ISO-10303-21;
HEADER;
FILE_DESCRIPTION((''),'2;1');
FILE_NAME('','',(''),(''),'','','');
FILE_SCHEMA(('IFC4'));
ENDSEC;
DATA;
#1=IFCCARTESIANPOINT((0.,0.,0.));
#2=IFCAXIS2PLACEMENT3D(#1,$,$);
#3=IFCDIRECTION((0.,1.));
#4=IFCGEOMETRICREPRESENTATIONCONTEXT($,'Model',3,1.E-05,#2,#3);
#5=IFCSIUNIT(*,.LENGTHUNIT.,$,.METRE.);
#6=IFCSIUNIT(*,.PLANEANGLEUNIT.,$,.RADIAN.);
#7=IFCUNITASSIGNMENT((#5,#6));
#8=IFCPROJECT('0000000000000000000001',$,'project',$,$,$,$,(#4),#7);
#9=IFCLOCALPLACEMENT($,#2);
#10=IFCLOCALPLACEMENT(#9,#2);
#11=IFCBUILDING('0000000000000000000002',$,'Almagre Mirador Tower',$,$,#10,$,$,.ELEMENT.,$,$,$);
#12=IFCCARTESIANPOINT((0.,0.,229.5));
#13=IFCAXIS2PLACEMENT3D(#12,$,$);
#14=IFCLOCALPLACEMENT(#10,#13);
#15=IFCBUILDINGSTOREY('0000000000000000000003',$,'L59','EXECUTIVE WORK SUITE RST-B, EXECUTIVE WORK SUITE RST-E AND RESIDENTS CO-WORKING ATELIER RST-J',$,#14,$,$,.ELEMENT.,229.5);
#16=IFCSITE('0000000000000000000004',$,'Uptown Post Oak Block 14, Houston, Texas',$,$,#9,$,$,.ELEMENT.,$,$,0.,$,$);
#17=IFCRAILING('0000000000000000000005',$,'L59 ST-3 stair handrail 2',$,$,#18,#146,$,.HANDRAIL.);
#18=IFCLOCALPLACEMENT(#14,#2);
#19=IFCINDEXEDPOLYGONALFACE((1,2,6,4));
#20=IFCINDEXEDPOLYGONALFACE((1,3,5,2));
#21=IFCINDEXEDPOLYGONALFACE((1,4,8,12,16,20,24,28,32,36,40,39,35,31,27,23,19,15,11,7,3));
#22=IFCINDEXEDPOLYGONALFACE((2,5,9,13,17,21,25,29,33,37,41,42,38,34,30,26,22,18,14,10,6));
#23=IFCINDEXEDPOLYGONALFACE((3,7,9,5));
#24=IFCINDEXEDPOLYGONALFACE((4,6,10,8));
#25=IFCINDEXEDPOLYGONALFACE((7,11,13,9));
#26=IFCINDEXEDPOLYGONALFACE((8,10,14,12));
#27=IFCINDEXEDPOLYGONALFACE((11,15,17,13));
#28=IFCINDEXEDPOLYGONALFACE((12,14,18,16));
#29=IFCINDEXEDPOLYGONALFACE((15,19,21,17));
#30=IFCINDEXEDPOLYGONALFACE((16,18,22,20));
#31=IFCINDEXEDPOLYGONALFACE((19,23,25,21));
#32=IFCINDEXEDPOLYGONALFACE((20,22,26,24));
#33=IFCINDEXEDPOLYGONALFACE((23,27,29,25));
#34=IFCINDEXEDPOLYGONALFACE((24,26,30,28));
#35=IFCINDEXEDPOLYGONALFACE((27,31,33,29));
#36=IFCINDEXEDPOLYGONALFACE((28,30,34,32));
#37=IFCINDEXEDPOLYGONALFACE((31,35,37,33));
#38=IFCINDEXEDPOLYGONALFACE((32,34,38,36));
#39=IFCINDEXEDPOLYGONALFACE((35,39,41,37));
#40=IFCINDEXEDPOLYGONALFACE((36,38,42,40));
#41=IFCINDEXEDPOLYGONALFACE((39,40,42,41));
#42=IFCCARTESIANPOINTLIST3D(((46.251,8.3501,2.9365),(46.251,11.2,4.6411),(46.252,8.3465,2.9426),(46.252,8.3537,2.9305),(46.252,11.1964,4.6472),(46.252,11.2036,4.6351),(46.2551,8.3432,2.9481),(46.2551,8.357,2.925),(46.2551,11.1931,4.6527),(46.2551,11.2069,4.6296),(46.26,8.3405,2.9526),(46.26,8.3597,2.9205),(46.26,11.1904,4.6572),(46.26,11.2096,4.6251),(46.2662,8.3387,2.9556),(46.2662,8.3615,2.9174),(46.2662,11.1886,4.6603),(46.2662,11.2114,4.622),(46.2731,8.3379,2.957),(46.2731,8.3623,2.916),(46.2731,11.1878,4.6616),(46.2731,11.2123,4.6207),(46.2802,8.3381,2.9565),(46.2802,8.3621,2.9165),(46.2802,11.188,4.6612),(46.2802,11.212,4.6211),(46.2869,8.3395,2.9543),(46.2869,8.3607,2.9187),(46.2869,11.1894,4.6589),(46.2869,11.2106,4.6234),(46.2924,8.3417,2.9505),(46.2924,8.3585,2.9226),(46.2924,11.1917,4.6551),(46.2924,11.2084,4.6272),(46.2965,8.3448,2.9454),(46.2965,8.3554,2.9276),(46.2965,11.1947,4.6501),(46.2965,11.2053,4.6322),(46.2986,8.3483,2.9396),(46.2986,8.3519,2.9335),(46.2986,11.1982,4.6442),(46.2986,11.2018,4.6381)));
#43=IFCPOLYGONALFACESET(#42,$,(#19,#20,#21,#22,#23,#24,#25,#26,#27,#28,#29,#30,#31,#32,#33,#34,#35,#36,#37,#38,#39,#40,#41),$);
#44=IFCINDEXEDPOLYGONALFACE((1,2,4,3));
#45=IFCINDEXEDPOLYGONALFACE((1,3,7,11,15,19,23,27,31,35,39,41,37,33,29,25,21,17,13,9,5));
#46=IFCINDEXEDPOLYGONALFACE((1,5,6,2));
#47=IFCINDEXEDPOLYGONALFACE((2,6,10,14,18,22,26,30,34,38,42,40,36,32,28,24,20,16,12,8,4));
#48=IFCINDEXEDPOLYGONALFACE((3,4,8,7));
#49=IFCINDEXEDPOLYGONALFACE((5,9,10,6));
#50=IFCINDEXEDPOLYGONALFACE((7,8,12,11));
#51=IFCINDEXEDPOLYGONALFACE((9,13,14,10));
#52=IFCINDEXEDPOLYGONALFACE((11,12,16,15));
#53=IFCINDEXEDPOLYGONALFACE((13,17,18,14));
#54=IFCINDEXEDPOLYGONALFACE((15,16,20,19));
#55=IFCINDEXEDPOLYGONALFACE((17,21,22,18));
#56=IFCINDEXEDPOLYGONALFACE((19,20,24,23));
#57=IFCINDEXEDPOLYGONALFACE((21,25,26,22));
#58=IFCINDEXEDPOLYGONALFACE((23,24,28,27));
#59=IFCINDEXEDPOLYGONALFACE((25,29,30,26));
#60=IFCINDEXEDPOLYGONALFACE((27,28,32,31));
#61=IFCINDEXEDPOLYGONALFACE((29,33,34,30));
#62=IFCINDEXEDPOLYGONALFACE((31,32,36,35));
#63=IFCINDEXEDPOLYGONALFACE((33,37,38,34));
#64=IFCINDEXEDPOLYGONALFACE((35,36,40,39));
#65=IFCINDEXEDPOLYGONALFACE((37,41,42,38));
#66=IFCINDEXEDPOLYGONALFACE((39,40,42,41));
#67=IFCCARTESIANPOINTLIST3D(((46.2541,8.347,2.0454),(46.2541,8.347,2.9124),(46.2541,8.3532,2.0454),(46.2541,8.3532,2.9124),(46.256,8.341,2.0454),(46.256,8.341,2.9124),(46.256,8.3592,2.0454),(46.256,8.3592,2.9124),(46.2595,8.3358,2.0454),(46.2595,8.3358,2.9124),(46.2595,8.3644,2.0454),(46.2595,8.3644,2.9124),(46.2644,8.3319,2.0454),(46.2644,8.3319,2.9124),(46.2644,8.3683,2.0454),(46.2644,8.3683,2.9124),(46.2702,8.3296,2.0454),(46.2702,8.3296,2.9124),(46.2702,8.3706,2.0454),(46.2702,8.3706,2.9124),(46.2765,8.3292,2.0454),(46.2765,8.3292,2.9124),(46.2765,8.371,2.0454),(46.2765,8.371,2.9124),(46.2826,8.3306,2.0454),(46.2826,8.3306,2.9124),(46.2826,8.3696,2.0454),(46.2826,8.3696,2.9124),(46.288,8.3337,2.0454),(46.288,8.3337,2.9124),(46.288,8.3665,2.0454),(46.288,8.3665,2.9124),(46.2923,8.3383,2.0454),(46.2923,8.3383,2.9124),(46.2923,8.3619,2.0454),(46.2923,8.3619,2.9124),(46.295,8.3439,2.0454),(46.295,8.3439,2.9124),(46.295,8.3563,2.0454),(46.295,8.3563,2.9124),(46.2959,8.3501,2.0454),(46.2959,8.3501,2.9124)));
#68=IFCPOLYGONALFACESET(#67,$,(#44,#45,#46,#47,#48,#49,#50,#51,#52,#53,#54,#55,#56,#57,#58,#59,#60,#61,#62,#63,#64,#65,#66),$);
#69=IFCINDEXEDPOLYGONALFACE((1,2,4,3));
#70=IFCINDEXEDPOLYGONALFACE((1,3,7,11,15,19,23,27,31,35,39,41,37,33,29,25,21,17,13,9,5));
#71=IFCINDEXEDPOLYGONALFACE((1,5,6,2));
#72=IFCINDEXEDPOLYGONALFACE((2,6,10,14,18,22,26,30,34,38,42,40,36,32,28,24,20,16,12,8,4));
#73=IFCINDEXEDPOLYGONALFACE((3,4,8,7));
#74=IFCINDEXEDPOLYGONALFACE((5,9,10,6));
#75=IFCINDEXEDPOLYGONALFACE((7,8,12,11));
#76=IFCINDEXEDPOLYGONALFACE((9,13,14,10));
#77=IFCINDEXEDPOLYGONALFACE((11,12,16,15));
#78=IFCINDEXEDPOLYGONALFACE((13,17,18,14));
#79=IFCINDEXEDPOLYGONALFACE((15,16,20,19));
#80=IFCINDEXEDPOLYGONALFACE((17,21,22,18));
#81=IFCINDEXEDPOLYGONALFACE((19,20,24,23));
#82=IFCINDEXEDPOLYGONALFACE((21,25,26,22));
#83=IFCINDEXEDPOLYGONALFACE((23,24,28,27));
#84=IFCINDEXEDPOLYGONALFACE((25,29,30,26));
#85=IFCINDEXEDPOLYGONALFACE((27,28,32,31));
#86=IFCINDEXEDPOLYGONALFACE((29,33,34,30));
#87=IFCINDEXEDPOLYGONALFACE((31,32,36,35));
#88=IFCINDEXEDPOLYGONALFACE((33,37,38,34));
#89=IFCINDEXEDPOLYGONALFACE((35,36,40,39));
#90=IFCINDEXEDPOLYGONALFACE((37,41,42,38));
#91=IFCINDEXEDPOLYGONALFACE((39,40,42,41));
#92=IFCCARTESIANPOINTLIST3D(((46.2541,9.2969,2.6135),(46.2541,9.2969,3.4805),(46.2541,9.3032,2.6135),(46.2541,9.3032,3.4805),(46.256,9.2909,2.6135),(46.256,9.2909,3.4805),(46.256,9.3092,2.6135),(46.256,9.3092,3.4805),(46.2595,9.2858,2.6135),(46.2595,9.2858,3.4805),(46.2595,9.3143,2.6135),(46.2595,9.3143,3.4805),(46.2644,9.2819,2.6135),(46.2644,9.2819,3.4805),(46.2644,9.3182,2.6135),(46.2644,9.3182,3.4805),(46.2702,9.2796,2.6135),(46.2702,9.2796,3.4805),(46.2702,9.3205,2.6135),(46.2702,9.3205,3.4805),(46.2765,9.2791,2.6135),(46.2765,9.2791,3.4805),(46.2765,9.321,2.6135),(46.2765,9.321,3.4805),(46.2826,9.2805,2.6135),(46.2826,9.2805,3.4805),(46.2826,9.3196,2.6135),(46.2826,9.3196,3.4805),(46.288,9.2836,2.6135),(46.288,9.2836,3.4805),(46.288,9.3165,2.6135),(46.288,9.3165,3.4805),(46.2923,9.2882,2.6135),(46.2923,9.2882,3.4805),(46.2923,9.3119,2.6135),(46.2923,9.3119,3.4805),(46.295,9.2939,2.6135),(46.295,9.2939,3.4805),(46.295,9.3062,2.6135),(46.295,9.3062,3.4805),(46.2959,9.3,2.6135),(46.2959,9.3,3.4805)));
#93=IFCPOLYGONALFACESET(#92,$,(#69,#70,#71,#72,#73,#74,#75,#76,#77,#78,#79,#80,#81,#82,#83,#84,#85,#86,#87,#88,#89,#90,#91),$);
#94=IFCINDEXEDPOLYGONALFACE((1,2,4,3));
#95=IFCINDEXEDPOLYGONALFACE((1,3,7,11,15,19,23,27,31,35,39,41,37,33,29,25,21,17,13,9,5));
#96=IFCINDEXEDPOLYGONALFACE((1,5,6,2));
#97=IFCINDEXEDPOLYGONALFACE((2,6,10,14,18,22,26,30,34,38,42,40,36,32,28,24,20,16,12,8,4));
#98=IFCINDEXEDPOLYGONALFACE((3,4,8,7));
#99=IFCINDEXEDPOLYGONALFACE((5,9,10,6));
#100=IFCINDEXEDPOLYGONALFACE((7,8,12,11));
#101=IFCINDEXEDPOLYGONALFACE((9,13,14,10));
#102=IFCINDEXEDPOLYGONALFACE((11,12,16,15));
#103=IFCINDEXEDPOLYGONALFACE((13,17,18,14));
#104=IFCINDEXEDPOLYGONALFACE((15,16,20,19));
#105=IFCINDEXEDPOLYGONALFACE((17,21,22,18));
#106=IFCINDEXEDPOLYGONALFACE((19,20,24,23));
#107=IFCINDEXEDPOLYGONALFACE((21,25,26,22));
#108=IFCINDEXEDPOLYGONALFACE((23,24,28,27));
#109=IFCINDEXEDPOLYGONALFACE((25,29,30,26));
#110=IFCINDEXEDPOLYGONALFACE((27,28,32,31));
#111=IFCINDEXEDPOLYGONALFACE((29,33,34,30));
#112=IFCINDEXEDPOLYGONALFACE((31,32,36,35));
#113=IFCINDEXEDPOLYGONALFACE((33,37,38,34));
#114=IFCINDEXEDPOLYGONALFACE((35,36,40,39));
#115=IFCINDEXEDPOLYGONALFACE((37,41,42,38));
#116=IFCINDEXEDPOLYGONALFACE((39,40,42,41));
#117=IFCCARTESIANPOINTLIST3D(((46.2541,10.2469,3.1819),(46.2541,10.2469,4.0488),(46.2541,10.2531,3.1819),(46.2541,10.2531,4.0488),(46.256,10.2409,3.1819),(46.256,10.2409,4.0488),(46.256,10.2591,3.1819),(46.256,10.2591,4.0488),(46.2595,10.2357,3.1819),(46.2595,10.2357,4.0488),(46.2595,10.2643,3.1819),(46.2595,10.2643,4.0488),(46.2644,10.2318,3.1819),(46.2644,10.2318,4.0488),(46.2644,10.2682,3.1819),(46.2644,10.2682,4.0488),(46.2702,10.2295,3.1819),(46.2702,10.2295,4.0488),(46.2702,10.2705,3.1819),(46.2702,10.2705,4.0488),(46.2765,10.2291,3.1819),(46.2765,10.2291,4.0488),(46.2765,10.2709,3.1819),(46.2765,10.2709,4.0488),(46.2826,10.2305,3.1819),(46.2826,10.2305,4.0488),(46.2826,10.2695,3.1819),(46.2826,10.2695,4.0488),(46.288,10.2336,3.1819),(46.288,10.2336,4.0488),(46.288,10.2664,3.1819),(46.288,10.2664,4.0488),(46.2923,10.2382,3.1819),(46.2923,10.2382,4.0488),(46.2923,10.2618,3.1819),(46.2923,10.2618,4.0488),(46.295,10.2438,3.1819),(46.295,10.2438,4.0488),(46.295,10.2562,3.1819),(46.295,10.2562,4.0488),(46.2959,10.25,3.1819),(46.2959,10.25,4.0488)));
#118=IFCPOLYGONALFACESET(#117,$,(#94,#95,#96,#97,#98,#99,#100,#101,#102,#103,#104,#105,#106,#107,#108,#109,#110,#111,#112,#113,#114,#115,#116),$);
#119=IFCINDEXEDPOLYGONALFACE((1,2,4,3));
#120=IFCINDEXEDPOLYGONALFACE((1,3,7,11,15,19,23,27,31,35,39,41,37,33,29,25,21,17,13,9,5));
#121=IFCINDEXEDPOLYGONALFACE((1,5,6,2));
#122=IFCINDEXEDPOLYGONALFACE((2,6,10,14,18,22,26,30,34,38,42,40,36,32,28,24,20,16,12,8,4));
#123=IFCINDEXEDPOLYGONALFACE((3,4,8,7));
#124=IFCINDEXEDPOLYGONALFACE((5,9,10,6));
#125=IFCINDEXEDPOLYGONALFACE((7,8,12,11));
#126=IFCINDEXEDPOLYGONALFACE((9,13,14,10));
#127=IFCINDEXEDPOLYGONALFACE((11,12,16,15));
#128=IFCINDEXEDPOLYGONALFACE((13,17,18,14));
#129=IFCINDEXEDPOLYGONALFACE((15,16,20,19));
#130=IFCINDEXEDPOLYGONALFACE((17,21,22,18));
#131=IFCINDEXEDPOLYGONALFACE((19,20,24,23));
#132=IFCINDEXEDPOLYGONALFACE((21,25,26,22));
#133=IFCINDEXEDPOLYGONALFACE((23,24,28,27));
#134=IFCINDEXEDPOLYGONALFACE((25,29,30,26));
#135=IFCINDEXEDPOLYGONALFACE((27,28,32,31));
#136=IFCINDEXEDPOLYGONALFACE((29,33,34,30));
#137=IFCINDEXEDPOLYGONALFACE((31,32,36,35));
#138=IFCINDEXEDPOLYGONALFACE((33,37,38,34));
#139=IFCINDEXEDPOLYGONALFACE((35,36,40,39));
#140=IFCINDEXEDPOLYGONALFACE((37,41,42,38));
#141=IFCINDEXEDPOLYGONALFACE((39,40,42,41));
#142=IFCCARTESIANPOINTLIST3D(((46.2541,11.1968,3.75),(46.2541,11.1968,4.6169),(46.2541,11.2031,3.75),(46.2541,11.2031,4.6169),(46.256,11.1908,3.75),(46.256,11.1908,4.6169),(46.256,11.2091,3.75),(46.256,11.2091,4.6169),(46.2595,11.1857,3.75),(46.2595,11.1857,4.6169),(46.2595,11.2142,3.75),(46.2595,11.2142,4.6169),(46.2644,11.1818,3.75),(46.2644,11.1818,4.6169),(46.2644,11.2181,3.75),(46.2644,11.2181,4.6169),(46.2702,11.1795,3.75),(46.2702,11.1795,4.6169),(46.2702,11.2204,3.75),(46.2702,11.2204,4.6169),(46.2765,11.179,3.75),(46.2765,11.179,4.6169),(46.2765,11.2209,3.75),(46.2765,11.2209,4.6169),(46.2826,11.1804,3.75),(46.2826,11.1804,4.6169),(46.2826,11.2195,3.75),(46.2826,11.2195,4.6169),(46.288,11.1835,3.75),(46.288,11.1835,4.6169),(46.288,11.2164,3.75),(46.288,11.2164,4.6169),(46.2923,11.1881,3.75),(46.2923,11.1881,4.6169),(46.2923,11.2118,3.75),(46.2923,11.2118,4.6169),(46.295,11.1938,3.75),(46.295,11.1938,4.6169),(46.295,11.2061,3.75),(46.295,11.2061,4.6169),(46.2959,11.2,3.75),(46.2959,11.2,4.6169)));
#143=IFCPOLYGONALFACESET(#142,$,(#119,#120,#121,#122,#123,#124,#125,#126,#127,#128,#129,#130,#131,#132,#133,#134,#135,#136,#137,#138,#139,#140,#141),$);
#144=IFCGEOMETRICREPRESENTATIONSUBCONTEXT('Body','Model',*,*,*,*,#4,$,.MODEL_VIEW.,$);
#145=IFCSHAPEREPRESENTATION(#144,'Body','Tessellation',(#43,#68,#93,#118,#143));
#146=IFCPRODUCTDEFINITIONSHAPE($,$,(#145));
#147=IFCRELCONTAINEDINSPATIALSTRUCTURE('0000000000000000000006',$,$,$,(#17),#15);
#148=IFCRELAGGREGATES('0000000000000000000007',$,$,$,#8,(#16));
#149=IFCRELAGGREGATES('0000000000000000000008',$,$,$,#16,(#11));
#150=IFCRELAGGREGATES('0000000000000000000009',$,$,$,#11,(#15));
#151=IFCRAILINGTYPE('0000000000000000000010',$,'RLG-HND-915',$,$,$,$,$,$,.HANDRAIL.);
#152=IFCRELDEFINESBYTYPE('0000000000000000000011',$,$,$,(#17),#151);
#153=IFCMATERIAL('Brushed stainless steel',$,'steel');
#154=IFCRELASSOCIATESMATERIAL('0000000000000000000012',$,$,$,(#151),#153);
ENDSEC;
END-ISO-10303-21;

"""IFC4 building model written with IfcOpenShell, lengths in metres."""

from ifc_helpers import new_model, si_unit, direction, frame, origin, origin_2d, place, context, subcontext, project, spatial, circle, extrude, material, type_object, element, save


model = new_model("IFC4")

# Units and contexts
model_context = context("Model", 3, precision=1e-05, world=origin(), true_north=direction((0.0, 1.0)))
body_context = subcontext(model_context, "Body", "Model", "MODEL_VIEW")
ifc_project = project(units=[si_unit("LENGTHUNIT", "METRE"), si_unit("PLANEANGLEUNIT", "RADIAN")], contexts=[model_context])

# Site, building, storey
site_placement = place(None, origin())
site = spatial("IfcSite", under=ifc_project, at=site_placement, Name="Uptown Post Oak Block 14, Houston, Texas", CompositionType="ELEMENT", RefElevation=0.0)
building_placement = place(site_placement, origin())
building = spatial("IfcBuilding", under=site, at=building_placement, Name="Almagre Mirador Tower", CompositionType="ELEMENT")
storey_placement = place(building_placement, frame((0.0, 0.0, 229.5)))
storey = spatial("IfcBuildingStorey", under=building, at=storey_placement, Name="L59", Description="EXECUTIVE WORK SUITE RST-B, EXECUTIVE WORK SUITE RST-E AND RESIDENTS CO-WORKING ATELIER RST-J", CompositionType="ELEMENT", Elevation=229.5)

# Railing
ifc_material_1 = material(Name="Brushed stainless steel", Category="steel")
railing_type_1 = type_object("IfcRailingType", Name="RLG-HND-915", PredefinedType="HANDRAIL", material=ifc_material_1)
railing_1_placement = place(storey_placement, frame((46.2749, 8.3501, 2.0454)))
element("IfcRailing", 1, at=railing_1_placement, inside=storey, type_object=railing_type_1, Name="L59 ST-3 stair handrail 2", PredefinedType="HANDRAIL", context=body_context, shape_type="SweptSolid", body=[
    extrude(circle(Radius=0.0239, at=origin_2d()), frame((0.0, 0.0, 0.8911), z_axis=(0.0, 0.858199, 0.513317), x_axis=(-1.0, 0.0, 0.0)), (0.0, 0.0, 1.0), 3.3208),
    extrude(circle(Radius=0.021, at=origin_2d()), origin(), (0.0, 0.0, 1.0), 0.8669),
    extrude(circle(Radius=0.021, at=origin_2d()), frame((0.0, 0.95, 0.5681)), (0.0, 0.0, 1.0), 0.8669),
    extrude(circle(Radius=0.021, at=origin_2d()), frame((0.0, 1.8999, 1.1365)), (0.0, 0.0, 1.0), 0.8669),
    extrude(circle(Radius=0.021, at=origin_2d()), frame((0.0, 2.8499, 1.7046)), (0.0, 0.0, 1.0), 0.8669),
])

save(model, "model.ifc")
